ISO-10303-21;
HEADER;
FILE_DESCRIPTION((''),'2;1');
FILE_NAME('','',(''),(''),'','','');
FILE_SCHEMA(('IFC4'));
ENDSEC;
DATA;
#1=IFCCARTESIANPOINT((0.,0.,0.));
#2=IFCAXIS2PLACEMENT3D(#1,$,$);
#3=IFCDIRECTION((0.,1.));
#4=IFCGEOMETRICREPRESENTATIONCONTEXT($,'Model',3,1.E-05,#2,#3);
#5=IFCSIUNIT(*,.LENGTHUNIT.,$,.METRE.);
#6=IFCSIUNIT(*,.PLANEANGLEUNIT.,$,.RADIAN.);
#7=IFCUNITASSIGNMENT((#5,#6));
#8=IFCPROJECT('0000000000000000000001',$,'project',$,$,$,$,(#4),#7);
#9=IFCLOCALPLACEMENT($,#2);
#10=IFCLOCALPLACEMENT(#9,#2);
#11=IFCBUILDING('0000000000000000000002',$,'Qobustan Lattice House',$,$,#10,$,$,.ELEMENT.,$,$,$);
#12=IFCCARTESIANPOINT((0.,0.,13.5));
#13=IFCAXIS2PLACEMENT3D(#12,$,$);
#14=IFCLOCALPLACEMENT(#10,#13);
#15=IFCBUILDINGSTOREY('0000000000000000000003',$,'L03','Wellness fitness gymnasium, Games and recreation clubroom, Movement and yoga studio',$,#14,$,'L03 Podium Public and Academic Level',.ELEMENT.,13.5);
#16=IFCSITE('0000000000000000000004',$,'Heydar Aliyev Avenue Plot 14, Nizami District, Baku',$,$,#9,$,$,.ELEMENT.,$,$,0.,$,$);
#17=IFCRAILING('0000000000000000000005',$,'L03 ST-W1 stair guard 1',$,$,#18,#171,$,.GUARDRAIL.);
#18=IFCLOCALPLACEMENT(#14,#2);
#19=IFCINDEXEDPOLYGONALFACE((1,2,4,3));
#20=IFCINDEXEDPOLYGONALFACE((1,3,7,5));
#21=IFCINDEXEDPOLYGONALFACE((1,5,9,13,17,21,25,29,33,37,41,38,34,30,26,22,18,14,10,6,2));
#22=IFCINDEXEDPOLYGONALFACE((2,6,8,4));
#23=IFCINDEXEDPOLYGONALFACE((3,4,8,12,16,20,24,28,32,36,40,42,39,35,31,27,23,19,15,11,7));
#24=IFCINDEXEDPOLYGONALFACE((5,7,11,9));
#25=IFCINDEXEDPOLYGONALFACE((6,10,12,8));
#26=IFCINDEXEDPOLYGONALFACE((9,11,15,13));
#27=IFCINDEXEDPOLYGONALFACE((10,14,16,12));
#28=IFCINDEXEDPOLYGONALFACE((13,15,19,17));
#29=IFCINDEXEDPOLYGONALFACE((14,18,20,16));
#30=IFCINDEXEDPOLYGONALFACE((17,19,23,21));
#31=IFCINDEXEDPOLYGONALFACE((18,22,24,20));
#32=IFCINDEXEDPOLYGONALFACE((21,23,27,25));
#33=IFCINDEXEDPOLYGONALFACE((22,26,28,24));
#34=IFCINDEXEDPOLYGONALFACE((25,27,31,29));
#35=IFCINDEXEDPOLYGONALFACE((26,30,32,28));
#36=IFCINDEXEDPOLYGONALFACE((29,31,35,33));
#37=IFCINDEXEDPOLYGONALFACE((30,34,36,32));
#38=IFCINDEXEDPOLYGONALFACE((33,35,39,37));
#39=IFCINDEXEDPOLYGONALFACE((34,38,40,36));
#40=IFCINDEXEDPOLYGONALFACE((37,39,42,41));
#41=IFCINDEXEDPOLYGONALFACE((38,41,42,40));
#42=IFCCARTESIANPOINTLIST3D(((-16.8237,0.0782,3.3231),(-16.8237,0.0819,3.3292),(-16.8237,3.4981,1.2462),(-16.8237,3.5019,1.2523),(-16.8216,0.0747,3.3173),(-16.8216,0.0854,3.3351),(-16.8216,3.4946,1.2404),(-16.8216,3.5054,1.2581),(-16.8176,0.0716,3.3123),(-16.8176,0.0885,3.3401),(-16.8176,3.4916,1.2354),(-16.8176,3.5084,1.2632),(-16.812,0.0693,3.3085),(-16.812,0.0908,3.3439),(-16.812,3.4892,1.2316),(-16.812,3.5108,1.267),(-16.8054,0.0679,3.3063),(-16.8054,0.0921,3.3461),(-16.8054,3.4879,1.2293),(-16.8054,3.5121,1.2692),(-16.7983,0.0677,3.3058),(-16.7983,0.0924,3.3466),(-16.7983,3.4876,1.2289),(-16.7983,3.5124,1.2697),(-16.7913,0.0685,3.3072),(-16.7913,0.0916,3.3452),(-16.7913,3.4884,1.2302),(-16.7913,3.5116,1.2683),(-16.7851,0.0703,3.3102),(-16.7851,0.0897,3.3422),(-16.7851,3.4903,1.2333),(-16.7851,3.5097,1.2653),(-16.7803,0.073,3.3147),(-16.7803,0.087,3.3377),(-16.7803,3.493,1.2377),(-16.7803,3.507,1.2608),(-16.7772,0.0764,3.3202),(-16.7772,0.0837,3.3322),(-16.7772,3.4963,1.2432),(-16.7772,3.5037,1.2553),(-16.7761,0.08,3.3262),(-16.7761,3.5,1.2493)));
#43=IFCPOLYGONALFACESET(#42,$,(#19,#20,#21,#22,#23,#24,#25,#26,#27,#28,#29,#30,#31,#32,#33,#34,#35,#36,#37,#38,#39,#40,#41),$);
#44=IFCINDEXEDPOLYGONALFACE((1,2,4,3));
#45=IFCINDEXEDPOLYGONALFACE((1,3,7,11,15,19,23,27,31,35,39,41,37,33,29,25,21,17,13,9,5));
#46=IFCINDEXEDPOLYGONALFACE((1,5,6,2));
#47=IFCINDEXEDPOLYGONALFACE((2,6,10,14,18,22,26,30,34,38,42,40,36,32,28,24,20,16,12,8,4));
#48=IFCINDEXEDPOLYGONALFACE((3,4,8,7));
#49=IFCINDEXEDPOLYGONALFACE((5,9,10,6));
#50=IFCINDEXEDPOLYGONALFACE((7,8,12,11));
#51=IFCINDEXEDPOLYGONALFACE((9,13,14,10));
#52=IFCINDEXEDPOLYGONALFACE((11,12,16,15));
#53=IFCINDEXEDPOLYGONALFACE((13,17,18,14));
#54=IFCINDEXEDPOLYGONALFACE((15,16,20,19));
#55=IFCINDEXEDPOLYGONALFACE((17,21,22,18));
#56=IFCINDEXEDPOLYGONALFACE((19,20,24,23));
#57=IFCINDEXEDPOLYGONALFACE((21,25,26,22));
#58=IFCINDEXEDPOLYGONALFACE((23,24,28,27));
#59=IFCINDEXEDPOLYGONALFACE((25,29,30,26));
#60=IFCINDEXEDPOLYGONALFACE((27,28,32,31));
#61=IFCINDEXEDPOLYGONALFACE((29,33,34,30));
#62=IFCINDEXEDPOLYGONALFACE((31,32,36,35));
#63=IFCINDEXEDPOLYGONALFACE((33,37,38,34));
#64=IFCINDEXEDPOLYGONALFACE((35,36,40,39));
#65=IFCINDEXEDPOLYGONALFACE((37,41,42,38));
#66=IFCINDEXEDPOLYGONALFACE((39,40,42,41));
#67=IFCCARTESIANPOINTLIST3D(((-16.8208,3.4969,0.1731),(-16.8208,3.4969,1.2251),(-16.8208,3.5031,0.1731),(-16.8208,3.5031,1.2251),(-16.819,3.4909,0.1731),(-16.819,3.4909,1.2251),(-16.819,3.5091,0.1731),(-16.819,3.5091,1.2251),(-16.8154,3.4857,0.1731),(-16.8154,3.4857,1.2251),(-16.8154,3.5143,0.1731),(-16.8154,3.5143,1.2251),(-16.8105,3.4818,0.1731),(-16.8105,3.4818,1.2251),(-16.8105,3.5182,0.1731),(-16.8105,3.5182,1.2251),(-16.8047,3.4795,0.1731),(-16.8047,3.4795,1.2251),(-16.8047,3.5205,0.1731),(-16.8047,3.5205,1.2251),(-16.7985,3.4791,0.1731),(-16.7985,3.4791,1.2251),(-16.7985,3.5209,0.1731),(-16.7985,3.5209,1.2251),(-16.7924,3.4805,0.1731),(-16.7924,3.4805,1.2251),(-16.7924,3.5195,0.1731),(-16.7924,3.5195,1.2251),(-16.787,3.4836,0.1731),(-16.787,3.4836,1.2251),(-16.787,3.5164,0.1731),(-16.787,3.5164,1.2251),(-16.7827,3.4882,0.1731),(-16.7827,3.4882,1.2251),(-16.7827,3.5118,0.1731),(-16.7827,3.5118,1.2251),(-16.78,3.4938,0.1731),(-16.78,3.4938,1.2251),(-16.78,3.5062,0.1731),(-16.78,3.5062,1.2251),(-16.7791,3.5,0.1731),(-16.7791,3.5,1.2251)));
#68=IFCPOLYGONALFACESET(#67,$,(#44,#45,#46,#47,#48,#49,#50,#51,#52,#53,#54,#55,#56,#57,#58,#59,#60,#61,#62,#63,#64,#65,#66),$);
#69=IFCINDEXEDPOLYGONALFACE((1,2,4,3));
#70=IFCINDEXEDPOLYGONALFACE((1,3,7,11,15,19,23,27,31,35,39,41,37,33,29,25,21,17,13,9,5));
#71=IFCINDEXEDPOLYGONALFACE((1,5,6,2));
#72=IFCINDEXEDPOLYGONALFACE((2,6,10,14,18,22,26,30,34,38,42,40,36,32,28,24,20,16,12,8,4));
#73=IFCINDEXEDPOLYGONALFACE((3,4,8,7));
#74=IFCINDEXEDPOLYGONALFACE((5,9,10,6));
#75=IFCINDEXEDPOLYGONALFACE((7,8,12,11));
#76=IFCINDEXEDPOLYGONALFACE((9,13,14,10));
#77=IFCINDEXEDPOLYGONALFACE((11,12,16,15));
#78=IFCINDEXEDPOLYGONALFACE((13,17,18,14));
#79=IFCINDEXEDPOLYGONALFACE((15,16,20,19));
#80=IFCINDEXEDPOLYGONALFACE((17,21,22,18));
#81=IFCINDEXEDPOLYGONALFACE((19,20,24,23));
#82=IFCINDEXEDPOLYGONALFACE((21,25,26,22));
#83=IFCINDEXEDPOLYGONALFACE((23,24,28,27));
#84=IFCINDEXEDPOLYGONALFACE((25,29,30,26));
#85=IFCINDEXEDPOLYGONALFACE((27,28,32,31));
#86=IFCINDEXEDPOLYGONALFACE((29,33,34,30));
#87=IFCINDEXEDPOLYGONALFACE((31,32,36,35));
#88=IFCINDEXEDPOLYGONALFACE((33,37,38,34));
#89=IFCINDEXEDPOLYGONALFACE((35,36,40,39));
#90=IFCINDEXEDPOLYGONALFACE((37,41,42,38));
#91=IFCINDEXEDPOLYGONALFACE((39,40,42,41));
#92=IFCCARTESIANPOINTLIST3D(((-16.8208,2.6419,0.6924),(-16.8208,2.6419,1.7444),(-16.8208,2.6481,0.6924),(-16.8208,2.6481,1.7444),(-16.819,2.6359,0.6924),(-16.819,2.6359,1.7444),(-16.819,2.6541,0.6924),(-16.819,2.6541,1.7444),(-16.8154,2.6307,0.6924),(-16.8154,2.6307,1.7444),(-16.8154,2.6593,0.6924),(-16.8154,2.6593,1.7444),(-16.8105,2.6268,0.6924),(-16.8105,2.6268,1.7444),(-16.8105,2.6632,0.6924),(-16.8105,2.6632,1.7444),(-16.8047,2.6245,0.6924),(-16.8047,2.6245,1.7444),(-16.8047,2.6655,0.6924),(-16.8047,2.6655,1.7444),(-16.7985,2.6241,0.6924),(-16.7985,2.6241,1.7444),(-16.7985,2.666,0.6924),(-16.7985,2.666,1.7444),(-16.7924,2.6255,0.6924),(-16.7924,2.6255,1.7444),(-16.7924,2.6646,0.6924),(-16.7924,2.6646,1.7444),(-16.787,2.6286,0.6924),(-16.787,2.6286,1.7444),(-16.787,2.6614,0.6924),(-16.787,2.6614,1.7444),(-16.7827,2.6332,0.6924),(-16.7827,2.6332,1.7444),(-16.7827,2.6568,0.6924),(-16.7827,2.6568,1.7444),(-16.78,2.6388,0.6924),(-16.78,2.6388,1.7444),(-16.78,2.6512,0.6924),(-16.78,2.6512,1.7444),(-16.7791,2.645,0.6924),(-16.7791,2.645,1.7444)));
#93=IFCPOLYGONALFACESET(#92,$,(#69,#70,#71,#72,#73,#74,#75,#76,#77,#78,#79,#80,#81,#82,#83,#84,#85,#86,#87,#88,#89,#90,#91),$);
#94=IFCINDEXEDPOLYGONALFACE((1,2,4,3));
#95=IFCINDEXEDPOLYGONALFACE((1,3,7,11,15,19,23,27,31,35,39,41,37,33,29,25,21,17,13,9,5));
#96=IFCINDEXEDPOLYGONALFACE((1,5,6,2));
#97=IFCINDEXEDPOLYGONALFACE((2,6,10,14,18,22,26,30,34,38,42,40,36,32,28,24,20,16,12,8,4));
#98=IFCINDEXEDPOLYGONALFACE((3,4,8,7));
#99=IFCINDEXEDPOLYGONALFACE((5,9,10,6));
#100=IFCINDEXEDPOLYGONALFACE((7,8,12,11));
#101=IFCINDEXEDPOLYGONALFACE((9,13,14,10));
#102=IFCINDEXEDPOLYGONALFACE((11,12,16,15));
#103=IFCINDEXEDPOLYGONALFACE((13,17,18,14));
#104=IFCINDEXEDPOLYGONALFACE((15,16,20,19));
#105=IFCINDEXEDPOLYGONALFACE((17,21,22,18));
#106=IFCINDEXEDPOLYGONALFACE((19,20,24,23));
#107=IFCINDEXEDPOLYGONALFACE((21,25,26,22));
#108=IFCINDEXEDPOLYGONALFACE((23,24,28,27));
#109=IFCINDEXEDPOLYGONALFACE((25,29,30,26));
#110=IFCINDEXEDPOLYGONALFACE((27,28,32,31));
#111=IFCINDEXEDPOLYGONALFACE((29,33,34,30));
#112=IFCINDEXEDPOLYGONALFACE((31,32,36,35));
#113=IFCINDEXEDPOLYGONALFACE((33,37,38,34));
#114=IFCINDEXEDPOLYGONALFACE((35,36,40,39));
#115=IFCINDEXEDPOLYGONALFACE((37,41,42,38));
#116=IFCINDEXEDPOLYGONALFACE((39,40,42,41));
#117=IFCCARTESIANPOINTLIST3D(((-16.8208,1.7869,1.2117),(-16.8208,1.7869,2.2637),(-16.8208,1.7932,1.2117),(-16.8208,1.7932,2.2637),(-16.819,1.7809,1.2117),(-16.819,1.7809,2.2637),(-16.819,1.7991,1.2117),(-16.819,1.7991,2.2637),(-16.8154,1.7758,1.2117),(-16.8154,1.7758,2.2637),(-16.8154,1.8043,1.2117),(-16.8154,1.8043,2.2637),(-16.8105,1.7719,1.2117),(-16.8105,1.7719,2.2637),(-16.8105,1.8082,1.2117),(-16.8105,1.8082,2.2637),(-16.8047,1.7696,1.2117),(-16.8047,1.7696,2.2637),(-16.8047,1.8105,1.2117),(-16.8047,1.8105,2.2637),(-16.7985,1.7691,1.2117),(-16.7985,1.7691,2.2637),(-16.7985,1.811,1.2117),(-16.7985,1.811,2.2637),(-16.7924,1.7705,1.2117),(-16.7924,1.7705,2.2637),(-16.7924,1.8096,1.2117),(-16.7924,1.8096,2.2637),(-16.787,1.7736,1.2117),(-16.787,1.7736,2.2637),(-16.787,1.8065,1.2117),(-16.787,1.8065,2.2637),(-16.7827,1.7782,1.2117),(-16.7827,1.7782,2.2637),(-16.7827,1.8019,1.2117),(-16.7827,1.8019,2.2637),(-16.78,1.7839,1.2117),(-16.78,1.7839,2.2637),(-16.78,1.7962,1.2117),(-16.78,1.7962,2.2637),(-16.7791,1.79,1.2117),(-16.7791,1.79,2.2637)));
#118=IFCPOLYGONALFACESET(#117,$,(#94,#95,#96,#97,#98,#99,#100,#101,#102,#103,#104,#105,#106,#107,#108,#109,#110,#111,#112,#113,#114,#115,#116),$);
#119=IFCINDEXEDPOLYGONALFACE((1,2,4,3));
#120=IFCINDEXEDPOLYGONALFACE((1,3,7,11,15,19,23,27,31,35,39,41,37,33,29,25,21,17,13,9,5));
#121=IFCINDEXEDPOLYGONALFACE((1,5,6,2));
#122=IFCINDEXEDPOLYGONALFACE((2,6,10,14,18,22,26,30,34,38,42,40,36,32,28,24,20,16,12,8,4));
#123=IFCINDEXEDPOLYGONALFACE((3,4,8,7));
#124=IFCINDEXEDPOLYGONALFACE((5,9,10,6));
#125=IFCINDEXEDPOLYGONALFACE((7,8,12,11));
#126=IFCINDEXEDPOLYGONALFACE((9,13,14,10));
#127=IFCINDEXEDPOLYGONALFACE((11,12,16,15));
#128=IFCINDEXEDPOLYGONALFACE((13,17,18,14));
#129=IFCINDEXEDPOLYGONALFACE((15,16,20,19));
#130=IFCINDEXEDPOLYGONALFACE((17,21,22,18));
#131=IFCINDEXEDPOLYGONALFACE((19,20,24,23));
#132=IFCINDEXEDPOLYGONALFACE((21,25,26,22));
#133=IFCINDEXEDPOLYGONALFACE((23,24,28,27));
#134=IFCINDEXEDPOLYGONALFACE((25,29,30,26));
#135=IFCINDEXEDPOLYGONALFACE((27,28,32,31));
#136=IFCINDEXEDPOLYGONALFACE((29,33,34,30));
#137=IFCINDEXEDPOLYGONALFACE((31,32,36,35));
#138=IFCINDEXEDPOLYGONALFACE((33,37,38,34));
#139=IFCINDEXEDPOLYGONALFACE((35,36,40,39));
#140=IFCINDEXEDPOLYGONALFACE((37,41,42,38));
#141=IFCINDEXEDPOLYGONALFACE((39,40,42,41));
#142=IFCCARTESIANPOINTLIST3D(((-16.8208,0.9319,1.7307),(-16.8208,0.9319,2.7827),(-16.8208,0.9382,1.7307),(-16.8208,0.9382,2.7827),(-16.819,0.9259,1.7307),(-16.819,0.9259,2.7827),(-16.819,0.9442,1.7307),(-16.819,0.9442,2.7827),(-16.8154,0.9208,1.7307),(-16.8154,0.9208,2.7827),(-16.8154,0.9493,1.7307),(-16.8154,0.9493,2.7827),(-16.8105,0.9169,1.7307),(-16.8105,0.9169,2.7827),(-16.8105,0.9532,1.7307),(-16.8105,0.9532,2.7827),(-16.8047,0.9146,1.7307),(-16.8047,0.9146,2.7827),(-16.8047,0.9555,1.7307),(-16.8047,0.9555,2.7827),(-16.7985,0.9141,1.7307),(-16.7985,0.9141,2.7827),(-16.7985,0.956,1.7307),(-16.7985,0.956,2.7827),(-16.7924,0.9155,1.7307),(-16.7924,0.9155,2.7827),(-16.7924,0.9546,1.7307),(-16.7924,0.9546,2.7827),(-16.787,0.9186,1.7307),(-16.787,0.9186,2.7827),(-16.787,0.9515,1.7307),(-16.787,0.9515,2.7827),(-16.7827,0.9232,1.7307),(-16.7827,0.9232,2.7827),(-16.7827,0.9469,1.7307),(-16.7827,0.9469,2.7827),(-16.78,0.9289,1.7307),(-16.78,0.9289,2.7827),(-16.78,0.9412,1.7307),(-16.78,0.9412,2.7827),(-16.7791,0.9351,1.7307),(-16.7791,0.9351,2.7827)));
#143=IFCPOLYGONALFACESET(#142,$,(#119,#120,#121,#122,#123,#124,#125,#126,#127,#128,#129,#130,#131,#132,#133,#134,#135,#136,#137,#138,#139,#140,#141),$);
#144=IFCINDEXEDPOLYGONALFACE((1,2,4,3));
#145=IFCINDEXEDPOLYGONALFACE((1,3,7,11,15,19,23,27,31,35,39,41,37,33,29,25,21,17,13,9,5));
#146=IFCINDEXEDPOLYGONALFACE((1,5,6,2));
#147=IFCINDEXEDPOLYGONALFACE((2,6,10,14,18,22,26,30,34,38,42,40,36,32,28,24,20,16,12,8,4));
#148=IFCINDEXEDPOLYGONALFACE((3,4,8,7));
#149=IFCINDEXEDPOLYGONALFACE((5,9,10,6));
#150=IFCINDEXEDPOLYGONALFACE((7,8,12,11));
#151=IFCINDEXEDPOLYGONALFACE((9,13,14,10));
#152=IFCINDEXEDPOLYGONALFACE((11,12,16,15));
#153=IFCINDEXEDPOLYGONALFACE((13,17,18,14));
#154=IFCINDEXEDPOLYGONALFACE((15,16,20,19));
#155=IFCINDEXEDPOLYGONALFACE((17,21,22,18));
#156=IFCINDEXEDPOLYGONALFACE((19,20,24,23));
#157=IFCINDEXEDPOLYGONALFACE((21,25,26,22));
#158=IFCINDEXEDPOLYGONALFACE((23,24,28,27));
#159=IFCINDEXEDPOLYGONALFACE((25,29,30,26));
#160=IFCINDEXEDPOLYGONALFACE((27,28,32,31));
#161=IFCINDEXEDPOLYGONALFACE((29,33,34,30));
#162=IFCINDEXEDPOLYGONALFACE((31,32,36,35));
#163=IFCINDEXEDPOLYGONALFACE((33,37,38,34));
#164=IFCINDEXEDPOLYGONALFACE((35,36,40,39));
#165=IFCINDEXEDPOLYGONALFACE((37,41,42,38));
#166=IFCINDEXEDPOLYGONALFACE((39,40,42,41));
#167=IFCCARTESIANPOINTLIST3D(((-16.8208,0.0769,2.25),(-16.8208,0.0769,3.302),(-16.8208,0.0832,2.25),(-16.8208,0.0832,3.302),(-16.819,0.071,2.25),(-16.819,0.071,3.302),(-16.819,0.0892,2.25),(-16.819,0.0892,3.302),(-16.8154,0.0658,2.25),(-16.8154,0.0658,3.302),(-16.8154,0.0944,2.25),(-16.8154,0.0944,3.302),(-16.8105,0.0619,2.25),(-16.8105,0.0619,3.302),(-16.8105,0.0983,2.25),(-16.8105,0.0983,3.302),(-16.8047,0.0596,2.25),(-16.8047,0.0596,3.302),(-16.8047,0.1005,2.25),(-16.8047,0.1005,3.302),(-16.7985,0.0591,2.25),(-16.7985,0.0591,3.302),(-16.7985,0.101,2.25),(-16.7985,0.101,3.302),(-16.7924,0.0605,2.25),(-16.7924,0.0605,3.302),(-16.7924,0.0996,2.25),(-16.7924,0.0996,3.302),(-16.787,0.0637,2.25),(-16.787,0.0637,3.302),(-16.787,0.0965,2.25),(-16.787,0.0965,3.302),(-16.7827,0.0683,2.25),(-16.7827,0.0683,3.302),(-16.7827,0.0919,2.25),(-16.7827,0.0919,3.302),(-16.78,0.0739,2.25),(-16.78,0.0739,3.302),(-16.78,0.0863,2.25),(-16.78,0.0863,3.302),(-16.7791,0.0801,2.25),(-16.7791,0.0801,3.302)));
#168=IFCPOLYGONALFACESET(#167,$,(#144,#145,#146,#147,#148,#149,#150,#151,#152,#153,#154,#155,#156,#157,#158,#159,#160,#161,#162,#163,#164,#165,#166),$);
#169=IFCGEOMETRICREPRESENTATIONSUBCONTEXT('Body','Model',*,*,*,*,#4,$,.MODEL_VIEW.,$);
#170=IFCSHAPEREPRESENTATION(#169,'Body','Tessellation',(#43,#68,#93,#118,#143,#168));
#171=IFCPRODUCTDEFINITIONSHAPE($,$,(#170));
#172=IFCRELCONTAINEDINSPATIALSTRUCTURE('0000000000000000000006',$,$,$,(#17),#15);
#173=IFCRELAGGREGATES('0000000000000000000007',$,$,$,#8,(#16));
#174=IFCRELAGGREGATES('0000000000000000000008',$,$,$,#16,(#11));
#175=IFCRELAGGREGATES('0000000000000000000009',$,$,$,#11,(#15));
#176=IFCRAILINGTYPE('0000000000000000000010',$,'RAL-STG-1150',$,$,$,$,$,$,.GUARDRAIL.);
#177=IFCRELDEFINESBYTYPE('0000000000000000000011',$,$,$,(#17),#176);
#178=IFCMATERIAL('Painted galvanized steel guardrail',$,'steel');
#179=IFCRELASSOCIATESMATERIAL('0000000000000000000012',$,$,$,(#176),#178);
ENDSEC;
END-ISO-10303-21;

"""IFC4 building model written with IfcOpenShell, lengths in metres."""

from ifc_helpers import new_model, si_unit, direction, frame, origin, origin_2d, place, context, subcontext, project, spatial, circle, extrude, material, type_object, element, save


model = new_model("IFC4")

# Units and contexts
model_context = context("Model", 3, precision=1e-05, world=origin(), true_north=direction((0.0, 1.0)))
body_context = subcontext(model_context, "Body", "Model", "MODEL_VIEW")
ifc_project = project(units=[si_unit("LENGTHUNIT", "METRE"), si_unit("PLANEANGLEUNIT", "RADIAN")], contexts=[model_context])

# Site, building, storey
site_placement = place(None, origin())
site = spatial("IfcSite", under=ifc_project, at=site_placement, Name="Heydar Aliyev Avenue Plot 14, Nizami District, Baku", CompositionType="ELEMENT", RefElevation=0.0)
building_placement = place(site_placement, origin())
building = spatial("IfcBuilding", under=site, at=building_placement, Name="Qobustan Lattice House", CompositionType="ELEMENT")
storey_placement = place(building_placement, frame((0.0, 0.0, 13.5)))
storey = spatial("IfcBuildingStorey", under=building, at=storey_placement, Name="L03", Description="Wellness fitness gymnasium, Games and recreation clubroom, Movement and yoga studio", LongName="L03 Podium Public and Academic Level", CompositionType="ELEMENT", Elevation=13.5)

# Railing
ifc_material_1 = material(Name="Painted galvanized steel guardrail", Category="steel")
railing_type_1 = type_object("IfcRailingType", Name="RAL-STG-1150", PredefinedType="GUARDRAIL", material=ifc_material_1)
railing_1_placement = place(storey_placement, frame((-16.8, 3.5, 0.1731)))
element("IfcRailing", 1, at=railing_1_placement, inside=storey, type_object=railing_type_1, Name="L03 ST-W1 stair guard 1", PredefinedType="GUARDRAIL", context=body_context, shape_type="SweptSolid", body=[
    extrude(circle(Radius=0.0239, at=origin_2d()), frame((0.0, 0.0, 1.0762), z_axis=(0.0, -0.85473, 0.519074), x_axis=(1.0, 0.0, 0.0)), (0.0, 0.0, 1.0), 4.0012),
    extrude(circle(Radius=0.021, at=origin_2d()), origin(), (0.0, 0.0, 1.0), 1.052),
    extrude(circle(Radius=0.021, at=origin_2d()), frame((0.0, -0.855, 0.5193)), (0.0, 0.0, 1.0), 1.052),
    extrude(circle(Radius=0.021, at=origin_2d()), frame((0.0, -1.71, 1.0386)), (0.0, 0.0, 1.0), 1.052),
    extrude(circle(Radius=0.021, at=origin_2d()), frame((0.0, -2.5649, 1.5576)), (0.0, 0.0, 1.0), 1.052),
    extrude(circle(Radius=0.021, at=origin_2d()), frame((0.0, -3.4199, 2.0769)), (0.0, 0.0, 1.0), 1.052),
])

save(model, "model.ifc")
